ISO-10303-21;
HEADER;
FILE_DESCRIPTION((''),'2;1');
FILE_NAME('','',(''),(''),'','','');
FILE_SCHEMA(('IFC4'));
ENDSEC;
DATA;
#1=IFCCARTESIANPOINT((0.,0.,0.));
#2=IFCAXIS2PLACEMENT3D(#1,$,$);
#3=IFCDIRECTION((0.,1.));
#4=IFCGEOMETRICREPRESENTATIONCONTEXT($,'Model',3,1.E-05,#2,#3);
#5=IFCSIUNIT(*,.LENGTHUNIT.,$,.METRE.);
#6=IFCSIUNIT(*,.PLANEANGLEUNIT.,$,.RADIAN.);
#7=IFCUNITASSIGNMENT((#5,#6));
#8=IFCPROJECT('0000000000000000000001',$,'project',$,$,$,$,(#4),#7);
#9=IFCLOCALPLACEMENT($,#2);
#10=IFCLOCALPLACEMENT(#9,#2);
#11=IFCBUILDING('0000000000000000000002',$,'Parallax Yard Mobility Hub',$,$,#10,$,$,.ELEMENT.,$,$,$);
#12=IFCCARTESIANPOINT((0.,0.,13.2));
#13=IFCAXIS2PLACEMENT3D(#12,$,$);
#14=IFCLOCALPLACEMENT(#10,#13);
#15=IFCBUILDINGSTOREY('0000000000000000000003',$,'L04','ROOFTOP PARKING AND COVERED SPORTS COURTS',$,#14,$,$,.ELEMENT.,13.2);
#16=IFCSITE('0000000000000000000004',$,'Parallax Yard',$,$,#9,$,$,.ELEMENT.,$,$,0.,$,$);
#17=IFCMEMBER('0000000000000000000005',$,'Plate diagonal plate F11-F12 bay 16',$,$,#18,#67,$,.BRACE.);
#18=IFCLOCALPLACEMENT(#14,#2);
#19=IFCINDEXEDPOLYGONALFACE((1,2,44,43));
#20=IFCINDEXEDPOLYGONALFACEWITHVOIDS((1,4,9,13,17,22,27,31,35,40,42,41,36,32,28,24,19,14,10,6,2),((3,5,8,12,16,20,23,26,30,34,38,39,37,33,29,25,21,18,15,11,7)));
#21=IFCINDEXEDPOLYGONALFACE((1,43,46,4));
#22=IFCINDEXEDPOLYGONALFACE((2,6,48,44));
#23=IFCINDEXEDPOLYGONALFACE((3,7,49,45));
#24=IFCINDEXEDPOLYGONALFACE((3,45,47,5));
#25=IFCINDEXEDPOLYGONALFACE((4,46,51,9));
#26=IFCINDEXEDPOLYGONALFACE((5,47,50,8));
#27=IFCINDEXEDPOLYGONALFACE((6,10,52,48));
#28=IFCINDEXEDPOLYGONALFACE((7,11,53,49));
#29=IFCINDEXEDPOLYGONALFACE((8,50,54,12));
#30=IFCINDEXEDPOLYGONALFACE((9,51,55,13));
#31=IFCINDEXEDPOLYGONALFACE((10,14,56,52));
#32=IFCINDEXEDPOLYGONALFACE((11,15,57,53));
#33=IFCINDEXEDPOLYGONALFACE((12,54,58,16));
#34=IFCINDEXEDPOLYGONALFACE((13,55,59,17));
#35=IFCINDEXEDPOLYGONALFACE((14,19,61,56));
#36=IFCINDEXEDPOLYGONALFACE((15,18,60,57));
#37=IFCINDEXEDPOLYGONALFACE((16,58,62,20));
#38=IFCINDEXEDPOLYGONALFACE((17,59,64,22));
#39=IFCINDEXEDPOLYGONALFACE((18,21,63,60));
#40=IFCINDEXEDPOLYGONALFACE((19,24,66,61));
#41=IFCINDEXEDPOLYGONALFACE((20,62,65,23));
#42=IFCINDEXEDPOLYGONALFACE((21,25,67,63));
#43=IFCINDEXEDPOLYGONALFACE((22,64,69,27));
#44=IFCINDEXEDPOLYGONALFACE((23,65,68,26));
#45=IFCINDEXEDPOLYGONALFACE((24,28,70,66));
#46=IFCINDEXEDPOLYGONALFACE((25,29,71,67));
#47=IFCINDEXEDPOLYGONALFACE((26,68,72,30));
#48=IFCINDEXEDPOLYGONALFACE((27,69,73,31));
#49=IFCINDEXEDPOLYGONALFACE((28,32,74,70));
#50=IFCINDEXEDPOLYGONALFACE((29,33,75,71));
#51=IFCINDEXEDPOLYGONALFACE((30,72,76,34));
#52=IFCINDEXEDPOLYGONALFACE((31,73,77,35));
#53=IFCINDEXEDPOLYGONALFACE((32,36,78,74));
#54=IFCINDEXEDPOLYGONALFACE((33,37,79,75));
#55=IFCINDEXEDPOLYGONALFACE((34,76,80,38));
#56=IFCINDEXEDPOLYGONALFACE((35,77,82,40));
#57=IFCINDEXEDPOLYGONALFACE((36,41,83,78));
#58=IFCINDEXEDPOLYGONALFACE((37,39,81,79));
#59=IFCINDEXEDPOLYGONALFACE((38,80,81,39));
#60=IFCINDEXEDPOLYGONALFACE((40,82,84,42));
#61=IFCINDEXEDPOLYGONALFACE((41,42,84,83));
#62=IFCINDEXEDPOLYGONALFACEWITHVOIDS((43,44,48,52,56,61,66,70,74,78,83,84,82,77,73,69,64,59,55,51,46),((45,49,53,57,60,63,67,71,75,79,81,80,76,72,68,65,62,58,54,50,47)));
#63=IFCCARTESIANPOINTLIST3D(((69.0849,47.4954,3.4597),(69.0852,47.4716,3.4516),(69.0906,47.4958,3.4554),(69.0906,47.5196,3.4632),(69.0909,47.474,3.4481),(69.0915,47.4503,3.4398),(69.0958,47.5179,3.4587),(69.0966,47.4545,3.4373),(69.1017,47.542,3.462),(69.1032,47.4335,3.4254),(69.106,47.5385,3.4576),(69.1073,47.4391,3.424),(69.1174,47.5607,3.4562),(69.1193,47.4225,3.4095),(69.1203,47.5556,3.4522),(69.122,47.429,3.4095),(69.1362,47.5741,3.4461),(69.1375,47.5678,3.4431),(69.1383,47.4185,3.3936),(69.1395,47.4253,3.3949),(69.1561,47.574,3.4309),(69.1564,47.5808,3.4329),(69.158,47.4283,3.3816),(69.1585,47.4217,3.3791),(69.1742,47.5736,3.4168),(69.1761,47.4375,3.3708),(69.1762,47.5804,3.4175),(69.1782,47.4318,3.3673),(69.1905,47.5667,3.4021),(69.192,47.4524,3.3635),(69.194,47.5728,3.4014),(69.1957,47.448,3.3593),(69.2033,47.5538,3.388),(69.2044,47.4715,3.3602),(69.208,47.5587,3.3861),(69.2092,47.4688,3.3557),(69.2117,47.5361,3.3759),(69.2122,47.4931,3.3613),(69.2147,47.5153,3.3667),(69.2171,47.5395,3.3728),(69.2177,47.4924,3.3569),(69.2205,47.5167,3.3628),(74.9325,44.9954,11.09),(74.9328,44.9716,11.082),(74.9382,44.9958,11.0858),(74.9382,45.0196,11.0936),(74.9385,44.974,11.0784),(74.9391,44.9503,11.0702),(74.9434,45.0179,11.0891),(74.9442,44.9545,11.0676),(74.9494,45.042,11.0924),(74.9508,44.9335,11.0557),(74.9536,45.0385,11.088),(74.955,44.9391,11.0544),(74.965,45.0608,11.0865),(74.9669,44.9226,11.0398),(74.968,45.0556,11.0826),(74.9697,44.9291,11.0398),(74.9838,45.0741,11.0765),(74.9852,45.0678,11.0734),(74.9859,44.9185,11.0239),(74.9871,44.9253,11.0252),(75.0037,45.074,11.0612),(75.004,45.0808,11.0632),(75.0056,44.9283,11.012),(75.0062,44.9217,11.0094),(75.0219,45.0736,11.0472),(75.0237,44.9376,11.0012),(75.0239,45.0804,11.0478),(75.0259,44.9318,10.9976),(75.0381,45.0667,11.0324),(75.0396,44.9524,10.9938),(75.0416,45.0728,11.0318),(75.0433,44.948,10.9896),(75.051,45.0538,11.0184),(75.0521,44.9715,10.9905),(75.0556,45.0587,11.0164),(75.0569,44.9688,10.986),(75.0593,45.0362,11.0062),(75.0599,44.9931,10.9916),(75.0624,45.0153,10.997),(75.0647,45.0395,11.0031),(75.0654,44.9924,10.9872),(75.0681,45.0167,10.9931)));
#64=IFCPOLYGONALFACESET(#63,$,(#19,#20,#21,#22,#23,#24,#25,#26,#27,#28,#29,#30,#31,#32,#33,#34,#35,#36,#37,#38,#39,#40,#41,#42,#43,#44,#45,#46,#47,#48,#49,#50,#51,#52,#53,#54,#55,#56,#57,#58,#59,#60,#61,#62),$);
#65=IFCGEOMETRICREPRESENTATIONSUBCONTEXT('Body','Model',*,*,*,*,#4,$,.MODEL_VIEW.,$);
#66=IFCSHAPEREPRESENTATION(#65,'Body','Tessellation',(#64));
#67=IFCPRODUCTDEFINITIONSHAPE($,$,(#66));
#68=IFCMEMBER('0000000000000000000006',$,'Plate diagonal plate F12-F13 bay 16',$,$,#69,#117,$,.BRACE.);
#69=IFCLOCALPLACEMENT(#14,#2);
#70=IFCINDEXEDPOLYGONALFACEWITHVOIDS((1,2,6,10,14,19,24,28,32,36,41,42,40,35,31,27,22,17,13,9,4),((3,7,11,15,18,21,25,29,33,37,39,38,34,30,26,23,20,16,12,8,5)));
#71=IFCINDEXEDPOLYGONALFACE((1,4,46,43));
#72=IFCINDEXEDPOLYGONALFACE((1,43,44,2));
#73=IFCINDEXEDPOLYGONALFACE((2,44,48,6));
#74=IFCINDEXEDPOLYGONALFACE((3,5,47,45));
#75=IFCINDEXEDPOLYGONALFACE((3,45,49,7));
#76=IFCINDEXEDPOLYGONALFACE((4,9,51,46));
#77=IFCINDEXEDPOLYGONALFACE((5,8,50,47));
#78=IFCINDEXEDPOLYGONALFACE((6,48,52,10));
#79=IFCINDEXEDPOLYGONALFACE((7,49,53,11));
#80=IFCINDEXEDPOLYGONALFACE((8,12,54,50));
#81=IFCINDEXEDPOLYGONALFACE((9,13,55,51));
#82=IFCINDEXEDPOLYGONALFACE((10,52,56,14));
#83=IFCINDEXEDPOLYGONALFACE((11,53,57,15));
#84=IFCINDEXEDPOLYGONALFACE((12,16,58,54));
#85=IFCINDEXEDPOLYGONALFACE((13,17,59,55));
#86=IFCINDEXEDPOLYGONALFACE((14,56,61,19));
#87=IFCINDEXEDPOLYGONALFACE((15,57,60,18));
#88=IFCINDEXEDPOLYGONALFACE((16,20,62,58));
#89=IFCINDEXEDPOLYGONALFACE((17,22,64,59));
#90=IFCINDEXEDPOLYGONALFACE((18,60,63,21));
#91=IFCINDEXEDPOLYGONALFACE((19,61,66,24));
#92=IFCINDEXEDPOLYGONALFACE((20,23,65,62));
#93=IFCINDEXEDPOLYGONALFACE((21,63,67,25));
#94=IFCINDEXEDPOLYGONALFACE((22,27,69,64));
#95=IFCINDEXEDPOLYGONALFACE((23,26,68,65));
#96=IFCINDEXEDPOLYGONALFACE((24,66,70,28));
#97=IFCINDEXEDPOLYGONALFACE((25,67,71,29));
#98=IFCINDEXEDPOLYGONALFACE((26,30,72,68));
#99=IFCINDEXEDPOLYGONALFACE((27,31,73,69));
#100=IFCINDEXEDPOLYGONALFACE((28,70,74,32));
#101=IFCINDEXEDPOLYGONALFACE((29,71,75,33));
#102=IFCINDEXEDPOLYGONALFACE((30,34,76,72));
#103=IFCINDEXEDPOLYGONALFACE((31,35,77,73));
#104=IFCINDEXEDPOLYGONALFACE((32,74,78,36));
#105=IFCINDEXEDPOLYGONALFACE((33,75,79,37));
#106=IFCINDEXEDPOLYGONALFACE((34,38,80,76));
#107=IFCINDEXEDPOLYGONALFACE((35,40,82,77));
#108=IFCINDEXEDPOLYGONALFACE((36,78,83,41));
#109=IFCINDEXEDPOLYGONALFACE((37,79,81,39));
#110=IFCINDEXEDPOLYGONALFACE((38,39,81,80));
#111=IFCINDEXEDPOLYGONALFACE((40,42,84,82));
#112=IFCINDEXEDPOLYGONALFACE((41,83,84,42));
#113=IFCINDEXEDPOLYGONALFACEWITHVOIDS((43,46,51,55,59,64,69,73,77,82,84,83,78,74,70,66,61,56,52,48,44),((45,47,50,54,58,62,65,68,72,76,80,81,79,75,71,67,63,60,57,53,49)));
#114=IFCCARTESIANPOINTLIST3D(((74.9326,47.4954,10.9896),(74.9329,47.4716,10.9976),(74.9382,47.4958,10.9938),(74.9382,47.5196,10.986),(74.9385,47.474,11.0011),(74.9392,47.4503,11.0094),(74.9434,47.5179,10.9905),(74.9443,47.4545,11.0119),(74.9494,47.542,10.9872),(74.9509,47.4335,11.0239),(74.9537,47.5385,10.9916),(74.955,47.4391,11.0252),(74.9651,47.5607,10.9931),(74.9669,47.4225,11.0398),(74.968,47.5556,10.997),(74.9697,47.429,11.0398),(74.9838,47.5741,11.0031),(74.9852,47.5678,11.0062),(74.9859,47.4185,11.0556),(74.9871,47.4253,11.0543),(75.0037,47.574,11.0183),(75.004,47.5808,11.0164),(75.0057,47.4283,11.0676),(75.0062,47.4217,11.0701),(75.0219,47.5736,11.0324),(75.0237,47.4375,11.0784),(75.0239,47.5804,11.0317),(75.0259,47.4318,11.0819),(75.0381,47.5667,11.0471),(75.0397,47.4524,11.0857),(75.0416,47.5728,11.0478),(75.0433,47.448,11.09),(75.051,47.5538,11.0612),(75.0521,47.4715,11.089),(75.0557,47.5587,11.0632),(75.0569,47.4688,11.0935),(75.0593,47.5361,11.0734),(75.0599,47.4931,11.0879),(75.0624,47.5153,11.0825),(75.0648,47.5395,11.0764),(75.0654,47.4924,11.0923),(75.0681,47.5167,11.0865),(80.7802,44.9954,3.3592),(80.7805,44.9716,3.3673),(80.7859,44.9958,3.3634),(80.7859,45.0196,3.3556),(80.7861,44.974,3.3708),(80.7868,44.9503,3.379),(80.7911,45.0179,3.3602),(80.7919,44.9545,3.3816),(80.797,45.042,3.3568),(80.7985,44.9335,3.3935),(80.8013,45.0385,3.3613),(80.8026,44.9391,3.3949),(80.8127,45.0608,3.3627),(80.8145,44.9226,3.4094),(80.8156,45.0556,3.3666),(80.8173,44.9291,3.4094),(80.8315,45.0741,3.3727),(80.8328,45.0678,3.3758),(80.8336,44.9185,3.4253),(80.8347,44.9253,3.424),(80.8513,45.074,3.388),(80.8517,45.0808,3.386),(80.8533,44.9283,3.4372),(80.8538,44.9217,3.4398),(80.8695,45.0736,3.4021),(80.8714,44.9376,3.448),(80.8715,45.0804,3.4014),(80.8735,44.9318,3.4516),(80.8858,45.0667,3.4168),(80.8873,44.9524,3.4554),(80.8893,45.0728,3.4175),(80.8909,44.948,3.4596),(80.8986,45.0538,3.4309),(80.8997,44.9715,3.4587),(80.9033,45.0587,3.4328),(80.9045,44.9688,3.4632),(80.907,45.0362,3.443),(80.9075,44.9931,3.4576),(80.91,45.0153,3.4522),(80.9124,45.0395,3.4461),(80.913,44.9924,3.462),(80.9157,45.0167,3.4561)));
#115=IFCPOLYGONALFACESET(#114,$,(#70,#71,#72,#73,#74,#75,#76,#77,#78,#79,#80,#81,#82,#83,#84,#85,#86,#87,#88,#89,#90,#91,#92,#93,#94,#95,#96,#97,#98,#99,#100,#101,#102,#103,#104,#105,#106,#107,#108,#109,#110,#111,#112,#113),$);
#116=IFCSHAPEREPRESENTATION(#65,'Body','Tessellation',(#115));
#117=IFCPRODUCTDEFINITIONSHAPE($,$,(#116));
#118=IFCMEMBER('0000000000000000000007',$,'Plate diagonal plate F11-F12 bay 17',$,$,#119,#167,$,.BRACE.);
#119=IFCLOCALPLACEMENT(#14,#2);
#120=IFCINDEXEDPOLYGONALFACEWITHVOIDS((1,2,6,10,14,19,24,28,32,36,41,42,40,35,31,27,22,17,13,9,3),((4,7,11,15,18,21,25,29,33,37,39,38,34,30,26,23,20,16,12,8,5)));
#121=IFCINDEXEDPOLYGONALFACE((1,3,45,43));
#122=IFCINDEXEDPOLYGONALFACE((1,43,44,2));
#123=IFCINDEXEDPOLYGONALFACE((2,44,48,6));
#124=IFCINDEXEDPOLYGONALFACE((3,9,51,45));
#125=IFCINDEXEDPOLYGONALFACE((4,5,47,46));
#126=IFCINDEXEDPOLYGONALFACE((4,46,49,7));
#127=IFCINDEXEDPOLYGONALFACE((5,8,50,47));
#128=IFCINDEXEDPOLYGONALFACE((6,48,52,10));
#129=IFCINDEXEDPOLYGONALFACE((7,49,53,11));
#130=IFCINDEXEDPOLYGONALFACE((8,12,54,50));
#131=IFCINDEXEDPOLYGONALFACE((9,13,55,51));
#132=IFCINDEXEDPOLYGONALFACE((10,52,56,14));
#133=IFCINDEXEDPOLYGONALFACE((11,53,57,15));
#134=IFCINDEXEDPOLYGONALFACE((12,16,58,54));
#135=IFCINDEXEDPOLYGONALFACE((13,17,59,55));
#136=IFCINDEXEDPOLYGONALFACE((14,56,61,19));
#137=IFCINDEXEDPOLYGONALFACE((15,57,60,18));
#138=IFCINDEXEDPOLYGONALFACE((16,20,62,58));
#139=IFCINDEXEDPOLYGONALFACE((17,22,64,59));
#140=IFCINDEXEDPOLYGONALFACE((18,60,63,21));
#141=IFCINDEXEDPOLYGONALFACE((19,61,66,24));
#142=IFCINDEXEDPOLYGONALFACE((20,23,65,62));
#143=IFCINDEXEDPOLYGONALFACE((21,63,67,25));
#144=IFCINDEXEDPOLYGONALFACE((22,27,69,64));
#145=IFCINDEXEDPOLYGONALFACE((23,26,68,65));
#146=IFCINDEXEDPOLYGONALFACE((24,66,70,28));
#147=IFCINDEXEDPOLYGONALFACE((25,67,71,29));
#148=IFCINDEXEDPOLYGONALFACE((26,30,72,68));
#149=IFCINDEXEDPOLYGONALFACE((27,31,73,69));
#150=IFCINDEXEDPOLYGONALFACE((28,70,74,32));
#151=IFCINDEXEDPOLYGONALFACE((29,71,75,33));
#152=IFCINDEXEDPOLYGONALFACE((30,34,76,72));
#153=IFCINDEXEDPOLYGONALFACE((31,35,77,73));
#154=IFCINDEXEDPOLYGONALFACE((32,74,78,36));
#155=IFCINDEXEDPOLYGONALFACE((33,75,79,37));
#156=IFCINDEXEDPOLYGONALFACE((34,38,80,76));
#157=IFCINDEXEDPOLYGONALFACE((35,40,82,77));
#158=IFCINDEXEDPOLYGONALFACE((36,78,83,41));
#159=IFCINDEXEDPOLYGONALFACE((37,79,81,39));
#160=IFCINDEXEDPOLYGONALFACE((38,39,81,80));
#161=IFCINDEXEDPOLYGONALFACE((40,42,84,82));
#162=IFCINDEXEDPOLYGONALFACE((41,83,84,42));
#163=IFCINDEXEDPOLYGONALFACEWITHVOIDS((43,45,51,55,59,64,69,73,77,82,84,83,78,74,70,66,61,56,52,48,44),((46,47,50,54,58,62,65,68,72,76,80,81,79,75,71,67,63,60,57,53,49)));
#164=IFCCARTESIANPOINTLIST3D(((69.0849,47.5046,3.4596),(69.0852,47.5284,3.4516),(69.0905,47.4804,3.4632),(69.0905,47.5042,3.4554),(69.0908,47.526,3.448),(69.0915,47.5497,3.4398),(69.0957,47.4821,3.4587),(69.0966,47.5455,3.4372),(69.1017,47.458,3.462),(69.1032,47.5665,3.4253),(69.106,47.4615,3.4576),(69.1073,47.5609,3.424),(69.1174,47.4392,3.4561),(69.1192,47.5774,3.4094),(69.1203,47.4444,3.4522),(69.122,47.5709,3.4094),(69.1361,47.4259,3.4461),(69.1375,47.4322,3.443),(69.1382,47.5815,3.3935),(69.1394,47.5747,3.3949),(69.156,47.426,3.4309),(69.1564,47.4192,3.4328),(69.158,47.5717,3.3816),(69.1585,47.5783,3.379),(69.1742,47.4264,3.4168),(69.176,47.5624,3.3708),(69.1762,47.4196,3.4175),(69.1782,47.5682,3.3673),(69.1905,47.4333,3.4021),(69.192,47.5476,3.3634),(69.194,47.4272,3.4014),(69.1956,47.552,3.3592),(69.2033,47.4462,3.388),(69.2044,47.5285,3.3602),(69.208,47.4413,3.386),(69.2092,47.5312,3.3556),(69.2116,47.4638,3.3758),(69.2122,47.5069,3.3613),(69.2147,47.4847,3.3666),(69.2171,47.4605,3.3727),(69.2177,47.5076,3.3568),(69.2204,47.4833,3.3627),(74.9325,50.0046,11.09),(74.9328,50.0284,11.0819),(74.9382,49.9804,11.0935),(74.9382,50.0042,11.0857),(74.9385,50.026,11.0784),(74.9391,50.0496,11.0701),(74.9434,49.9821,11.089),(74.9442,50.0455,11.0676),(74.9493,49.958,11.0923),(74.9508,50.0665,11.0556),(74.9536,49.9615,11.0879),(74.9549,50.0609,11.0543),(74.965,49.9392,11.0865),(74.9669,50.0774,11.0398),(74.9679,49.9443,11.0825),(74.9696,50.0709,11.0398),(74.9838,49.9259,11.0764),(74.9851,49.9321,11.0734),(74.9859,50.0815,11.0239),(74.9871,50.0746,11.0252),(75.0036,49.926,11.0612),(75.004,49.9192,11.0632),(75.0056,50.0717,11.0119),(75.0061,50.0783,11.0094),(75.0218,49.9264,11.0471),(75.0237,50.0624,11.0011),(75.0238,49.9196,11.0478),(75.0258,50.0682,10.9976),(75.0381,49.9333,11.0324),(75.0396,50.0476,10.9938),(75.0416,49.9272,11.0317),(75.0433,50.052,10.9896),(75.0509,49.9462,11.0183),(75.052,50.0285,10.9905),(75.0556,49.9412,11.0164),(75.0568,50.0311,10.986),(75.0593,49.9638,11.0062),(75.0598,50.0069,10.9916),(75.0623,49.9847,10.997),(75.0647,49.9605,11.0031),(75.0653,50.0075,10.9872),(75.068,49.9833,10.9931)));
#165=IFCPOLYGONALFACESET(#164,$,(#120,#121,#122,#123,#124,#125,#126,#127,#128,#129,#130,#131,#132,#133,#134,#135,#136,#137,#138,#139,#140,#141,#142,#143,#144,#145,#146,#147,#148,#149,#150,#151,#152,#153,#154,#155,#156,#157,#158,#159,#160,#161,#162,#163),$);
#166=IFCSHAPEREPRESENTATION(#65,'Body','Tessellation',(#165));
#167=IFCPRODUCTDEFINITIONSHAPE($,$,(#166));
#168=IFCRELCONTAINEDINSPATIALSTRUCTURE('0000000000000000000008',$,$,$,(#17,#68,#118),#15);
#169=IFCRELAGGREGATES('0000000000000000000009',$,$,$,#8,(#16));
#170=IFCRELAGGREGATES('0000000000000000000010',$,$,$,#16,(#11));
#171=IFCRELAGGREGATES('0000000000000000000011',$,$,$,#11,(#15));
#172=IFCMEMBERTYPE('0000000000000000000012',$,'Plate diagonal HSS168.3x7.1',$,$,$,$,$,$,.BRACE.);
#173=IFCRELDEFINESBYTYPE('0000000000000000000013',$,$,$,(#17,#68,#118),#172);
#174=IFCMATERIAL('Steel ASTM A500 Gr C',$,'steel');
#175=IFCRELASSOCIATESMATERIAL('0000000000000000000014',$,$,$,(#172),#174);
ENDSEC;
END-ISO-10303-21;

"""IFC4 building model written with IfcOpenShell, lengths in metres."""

from ifc_helpers import new_model, si_unit, direction, frame, origin, origin_2d, place, context, subcontext, project, spatial, hollow_circle, extrude, material, material_profile, profile_set, type_object, element, save


model = new_model("IFC4")

# Units and contexts
model_context = context("Model", 3, precision=1e-05, world=origin(), true_north=direction((0.0, 1.0)))
body_context = subcontext(model_context, "Body", "Model", "MODEL_VIEW")
ifc_project = project(units=[si_unit("LENGTHUNIT", "METRE"), si_unit("PLANEANGLEUNIT", "RADIAN")], contexts=[model_context])

# Site, building, storey
site_placement = place(None, origin())
site = spatial("IfcSite", under=ifc_project, at=site_placement, Name="Parallax Yard", CompositionType="ELEMENT", RefElevation=0.0)
building_placement = place(site_placement, origin())
building = spatial("IfcBuilding", under=site, at=building_placement, Name="Parallax Yard Mobility Hub", CompositionType="ELEMENT")
storey_placement = place(building_placement, frame((0.0, 0.0, 13.2)))
storey = spatial("IfcBuildingStorey", under=building, at=storey_placement, Name="L04", Description="ROOFTOP PARKING AND COVERED SPORTS COURTS", CompositionType="ELEMENT", Elevation=13.2)

# Members
ifc_material_1 = material(Name="Steel ASTM A500 Gr C", Category="steel")
ifc_material_profile_1 = material_profile(ifc_material_1, hollow_circle(Radius=0.0842, WallThickness=0.0071, at=origin_2d()), Name="HSS168.3x7.1")
ifc_profile_set_1 = profile_set([ifc_material_profile_1], Name="Steel ASTM A500 Gr C")
member_type_1 = type_object("IfcMemberType", Name="Plate diagonal HSS168.3x7.1", PredefinedType="BRACE", material=ifc_profile_set_1)
for number, where, z_axis, x_axis, name in (
    (1, (75.0, 45.0, 11.0398), (-0.588701, 0.251682, -0.768172), (-0.393104, -0.919494, 0.0), "Plate diagonal plate F11-F12 bay 16"),
    (2, (80.8477, 45.0, 3.4094), (-0.588701, 0.251682, 0.768172), (-0.393104, -0.919494, 0.0), "Plate diagonal plate F12-F13 bay 16"),
    (3, (69.1523, 47.5, 3.4094), (0.588701, 0.251682, 0.768172), (-0.393104, 0.919494, 0.0), "Plate diagonal plate F11-F12 bay 17"),
):
    element("IfcMember", number, at=place(storey_placement, frame(where, z_axis=z_axis, x_axis=x_axis)), inside=storey, type_object=member_type_1, Name=name, PredefinedType="BRACE", context=body_context, shape_type="SweptSolid", body=[
        extrude(hollow_circle(Radius=0.0842, WallThickness=0.0071, at=origin_2d()), origin(), (0.0, 0.0, 1.0), 9.9331),
    ])

save(model, "model.ifc")
